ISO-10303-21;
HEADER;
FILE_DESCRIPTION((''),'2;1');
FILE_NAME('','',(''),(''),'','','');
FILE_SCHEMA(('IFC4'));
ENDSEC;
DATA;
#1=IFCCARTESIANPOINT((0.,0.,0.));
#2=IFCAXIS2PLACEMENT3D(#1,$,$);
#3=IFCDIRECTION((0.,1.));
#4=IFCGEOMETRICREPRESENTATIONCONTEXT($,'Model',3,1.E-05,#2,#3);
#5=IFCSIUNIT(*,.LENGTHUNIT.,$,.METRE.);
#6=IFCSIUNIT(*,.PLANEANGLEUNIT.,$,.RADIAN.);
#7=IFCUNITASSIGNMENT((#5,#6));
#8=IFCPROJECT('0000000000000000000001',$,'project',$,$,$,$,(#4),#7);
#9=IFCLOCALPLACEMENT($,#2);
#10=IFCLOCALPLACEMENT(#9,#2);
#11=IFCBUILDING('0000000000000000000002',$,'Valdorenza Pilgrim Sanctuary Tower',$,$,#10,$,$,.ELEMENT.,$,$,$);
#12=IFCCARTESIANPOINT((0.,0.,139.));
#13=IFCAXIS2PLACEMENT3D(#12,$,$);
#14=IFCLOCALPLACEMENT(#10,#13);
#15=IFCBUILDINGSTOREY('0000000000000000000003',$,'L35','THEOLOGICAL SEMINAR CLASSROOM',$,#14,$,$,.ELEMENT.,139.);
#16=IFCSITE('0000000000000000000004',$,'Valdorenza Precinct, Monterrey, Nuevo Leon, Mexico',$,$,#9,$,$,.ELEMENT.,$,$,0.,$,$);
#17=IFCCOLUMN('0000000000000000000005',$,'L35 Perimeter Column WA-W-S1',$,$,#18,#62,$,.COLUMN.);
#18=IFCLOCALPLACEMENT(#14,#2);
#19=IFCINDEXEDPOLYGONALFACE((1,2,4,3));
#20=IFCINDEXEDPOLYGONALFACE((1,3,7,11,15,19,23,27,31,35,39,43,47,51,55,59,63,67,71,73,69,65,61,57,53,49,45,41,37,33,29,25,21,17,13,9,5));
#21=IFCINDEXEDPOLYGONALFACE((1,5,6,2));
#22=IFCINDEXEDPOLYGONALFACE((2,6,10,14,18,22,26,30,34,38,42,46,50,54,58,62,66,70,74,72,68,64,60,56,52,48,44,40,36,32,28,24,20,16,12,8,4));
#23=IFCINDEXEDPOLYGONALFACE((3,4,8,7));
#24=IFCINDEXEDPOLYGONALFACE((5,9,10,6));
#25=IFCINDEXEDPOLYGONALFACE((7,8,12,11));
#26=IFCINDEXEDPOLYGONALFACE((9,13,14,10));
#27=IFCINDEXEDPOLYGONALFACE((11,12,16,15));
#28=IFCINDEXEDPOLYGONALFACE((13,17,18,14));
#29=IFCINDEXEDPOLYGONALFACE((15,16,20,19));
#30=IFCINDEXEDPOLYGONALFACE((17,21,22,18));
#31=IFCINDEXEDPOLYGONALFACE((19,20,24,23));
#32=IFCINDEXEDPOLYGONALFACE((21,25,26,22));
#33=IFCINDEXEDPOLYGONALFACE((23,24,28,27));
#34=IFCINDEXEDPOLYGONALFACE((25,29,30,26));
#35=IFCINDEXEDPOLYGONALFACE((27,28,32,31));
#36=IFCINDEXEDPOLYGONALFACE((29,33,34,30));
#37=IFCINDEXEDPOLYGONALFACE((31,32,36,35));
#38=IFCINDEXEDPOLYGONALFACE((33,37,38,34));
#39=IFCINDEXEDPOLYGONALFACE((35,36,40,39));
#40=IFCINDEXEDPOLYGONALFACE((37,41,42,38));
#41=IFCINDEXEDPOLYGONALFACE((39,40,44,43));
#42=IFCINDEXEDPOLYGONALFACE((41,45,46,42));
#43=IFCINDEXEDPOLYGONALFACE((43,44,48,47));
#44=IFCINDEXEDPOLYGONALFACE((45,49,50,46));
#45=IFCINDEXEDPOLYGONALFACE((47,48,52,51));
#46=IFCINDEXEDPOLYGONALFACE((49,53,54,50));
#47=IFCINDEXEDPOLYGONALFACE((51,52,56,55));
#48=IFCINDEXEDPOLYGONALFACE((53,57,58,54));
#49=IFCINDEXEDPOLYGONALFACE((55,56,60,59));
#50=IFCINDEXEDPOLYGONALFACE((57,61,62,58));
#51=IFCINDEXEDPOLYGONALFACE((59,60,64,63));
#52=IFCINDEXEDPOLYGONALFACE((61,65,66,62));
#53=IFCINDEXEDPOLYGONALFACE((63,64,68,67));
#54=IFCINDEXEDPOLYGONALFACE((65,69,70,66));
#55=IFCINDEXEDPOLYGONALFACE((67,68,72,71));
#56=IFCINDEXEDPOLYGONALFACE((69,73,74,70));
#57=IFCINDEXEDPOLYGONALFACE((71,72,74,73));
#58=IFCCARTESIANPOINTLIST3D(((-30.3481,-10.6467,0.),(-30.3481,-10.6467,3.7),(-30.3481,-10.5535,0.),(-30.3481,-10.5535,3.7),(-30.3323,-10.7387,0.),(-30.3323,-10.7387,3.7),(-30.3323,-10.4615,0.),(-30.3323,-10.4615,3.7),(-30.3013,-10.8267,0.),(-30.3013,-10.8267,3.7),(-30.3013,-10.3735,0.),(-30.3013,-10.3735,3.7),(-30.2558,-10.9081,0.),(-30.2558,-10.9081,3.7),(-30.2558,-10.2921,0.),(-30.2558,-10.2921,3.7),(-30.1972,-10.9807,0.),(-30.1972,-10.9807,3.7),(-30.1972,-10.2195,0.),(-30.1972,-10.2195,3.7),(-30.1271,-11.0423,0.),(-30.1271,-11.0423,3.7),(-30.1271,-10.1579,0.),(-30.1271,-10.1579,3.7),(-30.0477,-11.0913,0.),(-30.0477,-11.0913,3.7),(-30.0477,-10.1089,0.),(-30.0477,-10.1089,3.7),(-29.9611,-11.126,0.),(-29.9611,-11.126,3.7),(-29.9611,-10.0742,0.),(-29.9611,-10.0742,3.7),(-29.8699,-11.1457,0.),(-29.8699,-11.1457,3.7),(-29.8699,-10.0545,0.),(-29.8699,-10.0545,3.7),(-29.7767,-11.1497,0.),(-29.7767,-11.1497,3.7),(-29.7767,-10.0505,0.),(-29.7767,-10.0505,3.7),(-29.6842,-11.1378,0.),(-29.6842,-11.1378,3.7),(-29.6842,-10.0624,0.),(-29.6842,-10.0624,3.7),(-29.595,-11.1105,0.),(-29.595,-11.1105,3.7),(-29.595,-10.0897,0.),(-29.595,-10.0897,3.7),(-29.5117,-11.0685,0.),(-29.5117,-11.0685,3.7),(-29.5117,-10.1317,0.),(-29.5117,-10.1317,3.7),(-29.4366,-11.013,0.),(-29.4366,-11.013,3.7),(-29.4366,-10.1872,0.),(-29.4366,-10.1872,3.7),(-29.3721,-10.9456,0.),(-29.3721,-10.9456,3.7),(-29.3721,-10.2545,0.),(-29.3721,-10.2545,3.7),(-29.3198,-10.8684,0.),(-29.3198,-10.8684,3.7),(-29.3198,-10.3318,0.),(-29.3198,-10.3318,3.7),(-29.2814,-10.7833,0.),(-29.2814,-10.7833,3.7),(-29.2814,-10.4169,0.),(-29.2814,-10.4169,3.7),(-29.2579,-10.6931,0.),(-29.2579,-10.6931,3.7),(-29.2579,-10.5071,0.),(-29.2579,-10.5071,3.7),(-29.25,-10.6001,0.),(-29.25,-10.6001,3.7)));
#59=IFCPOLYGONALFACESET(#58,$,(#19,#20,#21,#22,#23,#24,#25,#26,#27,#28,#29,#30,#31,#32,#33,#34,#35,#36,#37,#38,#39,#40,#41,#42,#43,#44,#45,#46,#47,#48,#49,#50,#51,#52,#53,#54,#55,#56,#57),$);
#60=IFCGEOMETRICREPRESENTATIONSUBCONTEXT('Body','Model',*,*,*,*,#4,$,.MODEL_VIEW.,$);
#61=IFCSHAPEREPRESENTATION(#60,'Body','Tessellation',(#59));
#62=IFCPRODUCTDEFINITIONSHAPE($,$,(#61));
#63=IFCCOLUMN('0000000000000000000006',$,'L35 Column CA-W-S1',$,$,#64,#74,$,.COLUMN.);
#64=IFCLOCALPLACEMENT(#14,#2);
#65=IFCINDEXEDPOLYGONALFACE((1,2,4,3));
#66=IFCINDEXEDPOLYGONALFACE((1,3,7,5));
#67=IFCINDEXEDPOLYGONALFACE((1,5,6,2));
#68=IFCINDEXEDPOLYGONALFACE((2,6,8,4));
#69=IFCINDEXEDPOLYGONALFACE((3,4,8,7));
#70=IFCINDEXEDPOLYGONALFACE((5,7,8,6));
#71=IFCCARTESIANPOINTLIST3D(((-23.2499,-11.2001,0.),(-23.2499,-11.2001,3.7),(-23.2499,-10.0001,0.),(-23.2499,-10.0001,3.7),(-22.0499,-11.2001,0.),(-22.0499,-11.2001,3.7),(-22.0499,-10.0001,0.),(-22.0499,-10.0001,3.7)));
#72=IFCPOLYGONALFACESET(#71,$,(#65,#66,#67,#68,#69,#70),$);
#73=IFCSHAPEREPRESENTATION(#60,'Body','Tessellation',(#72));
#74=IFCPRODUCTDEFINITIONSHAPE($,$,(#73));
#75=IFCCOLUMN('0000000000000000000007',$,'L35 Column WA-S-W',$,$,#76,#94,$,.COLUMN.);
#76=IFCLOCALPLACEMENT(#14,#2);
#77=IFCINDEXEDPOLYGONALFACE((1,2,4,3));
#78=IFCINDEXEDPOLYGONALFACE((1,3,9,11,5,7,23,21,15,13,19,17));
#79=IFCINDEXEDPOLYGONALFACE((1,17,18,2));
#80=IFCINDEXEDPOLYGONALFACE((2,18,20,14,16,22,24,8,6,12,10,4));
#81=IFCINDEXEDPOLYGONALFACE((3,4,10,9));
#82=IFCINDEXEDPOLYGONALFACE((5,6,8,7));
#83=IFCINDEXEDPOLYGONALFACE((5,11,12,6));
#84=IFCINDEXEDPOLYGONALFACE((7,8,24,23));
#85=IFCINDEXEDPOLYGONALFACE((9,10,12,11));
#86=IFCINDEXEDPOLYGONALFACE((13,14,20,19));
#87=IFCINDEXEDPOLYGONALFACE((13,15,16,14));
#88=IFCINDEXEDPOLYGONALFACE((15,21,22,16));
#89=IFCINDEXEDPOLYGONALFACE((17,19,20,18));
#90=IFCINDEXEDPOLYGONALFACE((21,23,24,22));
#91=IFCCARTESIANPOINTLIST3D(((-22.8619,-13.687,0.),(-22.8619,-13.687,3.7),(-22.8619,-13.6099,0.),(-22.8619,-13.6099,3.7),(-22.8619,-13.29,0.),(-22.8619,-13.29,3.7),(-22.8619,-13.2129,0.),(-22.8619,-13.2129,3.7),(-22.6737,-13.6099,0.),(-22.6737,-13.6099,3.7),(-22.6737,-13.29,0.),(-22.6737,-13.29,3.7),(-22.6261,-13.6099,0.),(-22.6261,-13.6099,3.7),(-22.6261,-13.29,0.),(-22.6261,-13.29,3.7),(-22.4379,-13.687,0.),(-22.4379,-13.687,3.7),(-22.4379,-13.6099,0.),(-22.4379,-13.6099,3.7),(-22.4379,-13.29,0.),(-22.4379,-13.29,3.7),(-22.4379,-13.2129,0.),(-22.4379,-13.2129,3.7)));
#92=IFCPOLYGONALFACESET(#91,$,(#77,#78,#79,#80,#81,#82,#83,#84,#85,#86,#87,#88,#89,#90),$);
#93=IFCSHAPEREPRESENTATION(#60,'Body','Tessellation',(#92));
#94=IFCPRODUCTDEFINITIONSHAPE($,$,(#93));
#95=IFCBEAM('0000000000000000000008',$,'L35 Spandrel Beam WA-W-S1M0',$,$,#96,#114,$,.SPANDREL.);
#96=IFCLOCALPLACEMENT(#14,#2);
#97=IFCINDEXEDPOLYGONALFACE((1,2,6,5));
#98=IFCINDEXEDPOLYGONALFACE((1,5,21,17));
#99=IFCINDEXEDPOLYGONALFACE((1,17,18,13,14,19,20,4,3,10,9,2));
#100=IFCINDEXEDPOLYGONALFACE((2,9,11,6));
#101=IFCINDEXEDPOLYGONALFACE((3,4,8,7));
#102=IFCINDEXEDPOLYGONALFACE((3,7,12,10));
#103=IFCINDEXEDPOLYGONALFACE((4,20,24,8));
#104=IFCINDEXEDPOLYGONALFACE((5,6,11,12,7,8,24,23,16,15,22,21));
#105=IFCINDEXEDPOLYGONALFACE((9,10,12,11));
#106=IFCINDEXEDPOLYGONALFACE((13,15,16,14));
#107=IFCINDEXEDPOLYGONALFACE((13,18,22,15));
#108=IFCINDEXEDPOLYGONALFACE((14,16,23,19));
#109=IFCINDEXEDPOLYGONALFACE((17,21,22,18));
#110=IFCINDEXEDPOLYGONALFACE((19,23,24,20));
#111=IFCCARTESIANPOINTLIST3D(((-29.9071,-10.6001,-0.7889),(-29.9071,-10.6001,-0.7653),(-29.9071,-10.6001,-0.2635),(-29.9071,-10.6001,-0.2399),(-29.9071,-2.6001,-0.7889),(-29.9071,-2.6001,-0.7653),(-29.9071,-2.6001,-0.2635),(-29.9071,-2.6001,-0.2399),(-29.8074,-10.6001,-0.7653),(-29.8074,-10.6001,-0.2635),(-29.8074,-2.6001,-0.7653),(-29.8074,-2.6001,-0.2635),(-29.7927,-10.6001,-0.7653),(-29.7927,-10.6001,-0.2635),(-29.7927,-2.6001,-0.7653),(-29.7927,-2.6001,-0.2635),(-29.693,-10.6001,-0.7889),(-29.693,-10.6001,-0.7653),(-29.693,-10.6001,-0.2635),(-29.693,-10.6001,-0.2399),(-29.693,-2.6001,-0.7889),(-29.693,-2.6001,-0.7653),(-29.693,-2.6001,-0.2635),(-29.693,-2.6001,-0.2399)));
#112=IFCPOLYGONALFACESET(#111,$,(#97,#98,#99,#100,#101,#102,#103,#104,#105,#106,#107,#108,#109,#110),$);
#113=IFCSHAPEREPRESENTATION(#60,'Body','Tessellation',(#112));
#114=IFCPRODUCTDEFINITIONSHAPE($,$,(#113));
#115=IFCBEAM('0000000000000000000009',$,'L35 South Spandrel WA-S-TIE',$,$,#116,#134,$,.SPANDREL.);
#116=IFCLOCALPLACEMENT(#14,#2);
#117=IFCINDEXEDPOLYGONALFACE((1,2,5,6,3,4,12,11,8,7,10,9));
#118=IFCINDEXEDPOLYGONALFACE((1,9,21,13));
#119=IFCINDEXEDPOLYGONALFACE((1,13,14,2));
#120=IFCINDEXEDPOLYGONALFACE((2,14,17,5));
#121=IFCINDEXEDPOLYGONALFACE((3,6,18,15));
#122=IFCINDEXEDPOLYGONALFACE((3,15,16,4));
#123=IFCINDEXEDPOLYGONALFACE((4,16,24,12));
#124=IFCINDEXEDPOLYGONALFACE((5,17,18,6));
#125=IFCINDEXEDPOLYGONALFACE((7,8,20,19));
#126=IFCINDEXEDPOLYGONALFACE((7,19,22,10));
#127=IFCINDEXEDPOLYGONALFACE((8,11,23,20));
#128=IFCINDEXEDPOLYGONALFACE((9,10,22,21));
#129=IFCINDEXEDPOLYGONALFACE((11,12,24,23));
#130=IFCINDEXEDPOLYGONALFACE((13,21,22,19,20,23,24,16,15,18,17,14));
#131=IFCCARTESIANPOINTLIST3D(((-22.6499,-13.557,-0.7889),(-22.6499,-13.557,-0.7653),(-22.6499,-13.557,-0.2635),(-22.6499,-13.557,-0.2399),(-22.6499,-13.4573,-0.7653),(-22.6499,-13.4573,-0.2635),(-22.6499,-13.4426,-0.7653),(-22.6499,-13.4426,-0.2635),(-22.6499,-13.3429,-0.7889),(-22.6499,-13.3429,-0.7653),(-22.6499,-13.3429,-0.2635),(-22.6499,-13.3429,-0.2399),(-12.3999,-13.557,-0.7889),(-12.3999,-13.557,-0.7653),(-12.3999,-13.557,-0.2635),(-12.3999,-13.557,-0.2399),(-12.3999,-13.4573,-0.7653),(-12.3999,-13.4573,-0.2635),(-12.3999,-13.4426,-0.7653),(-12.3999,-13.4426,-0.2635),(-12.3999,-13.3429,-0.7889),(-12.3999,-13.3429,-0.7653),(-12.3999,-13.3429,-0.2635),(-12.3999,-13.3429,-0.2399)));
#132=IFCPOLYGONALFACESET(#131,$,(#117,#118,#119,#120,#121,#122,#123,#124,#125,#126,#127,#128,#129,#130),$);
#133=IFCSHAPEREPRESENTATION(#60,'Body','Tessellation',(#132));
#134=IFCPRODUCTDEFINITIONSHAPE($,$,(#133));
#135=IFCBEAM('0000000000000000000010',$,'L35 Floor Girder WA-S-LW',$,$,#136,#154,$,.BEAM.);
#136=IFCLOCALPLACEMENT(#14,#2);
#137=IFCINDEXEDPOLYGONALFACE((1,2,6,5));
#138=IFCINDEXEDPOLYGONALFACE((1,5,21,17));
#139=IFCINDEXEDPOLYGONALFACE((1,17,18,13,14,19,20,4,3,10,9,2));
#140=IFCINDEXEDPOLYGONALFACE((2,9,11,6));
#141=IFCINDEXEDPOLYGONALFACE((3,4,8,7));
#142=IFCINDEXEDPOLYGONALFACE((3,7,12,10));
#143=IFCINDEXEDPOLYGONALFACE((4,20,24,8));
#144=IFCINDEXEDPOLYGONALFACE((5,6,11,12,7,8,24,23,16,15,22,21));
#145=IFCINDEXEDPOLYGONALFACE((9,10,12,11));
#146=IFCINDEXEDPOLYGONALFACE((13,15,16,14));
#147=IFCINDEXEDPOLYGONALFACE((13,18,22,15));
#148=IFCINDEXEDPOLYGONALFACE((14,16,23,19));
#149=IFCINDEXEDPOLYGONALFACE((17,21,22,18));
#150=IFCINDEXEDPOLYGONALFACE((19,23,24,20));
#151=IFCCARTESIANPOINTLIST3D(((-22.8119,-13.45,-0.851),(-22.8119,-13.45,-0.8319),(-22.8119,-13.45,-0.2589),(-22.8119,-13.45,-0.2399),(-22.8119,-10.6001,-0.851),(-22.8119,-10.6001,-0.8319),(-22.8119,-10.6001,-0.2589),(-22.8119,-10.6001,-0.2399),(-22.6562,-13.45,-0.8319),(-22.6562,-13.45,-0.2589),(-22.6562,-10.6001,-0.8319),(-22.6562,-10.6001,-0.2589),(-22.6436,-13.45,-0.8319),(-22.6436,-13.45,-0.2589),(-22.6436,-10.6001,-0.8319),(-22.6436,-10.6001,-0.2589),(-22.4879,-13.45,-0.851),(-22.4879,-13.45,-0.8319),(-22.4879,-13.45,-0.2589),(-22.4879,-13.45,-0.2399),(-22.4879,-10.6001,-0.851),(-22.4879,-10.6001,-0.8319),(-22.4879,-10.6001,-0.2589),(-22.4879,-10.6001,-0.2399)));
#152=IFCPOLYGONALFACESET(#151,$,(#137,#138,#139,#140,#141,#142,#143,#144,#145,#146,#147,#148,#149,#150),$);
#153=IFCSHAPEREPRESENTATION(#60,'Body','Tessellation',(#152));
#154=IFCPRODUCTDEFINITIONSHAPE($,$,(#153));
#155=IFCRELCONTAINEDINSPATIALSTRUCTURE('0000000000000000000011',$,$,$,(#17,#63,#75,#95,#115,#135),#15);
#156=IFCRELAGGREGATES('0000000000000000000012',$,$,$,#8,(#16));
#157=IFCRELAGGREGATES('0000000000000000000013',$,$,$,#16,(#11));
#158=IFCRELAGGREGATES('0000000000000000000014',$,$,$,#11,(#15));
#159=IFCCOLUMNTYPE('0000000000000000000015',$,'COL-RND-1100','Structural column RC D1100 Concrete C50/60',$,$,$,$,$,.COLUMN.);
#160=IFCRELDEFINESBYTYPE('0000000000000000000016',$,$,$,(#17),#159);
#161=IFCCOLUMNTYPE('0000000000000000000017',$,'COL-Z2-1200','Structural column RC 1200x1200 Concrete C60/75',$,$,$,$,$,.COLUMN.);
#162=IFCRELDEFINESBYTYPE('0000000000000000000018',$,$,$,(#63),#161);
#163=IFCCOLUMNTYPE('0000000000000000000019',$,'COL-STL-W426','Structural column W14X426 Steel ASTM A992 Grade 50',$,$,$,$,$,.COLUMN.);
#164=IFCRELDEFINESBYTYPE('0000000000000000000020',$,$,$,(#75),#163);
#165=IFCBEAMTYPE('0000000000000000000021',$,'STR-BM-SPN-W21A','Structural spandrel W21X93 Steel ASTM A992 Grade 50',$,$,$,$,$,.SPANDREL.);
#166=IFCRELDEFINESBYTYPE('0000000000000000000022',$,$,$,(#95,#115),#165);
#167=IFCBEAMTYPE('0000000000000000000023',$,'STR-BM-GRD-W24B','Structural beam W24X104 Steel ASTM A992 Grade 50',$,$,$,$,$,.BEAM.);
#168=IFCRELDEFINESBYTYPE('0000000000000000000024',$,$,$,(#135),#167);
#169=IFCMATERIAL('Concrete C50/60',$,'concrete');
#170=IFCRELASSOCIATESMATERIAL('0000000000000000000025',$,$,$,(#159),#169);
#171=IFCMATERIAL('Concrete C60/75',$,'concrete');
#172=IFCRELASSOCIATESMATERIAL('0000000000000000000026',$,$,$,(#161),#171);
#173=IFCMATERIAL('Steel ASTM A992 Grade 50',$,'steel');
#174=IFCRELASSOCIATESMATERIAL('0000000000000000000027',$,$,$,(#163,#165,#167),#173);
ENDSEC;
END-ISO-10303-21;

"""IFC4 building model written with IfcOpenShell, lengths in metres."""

from ifc_helpers import new_model, si_unit, direction, frame, origin, origin_2d, place, context, subcontext, project, spatial, rectangle, circle, i_section, extrude, source, transform, mapped, material, material_profile, profile_set, type_object, element, save


model = new_model("IFC4")

# Units and contexts
model_context = context("Model", 3, precision=1e-05, world=origin(), true_north=direction((0.0, 1.0)))
body_context = subcontext(model_context, "Body", "Model", "MODEL_VIEW")
ifc_project = project(units=[si_unit("LENGTHUNIT", "METRE"), si_unit("PLANEANGLEUNIT", "RADIAN")], contexts=[model_context])

# Site, building, storey
site_placement = place(None, origin())
site = spatial("IfcSite", under=ifc_project, at=site_placement, Name="Valdorenza Precinct, Monterrey, Nuevo Leon, Mexico", CompositionType="ELEMENT", RefElevation=0.0)
building_placement = place(site_placement, origin())
building = spatial("IfcBuilding", under=site, at=building_placement, Name="Valdorenza Pilgrim Sanctuary Tower", CompositionType="ELEMENT")
storey_placement = place(building_placement, frame((0.0, 0.0, 139.0)))
storey = spatial("IfcBuildingStorey", under=building, at=storey_placement, Name="L35", Description="THEOLOGICAL SEMINAR CLASSROOM", CompositionType="ELEMENT", Elevation=139.0)

# Columns
ifc_material_1 = material(Name="Concrete C50/60", Category="concrete")
ifc_material_profile_1 = material_profile(ifc_material_1, circle(Radius=0.55, at=origin_2d()), Name="RC D1100")
ifc_profile_set_1 = profile_set([ifc_material_profile_1], Name="Concrete C50/60")
column_type_1 = type_object("IfcColumnType", Name="COL-RND-1100", Description="Structural column RC D1100 Concrete C50/60", PredefinedType="COLUMN", material=ifc_profile_set_1)
shared_shape_1 = source(origin(), body_context, "Body", "SweptSolid", [
    extrude(circle(Radius=0.55, at=origin_2d()), origin(), (0.0, 0.0, 1.0), 3.7),
])
column_1_placement = place(storey_placement, frame((-29.8, -10.6001, 0.0), z_axis=(0.0, 0.0, 1.0), x_axis=(1.0, 0.0, 0.0)))
element("IfcColumn", 1, at=column_1_placement, inside=storey, type_object=column_type_1, Name="L35 Perimeter Column WA-W-S1", PredefinedType="COLUMN", context=body_context, shape_type="MappedRepresentation", body=[
    mapped(shared_shape_1, transform((0.0, 0.0, 0.0), x_axis=(1.0, 0.0, 0.0), y_axis=(0.0, 1.0, 0.0), z_axis=(0.0, 0.0, 1.0), scale=1.0)),
])
ifc_material_2 = material(Name="Concrete C60/75", Category="concrete")
ifc_material_profile_2 = material_profile(ifc_material_2, rectangle(XDim=1.2, YDim=1.2, at=origin_2d()), Name="RC 1200x1200")
ifc_profile_set_2 = profile_set([ifc_material_profile_2], Name="Concrete C60/75")
column_type_2 = type_object("IfcColumnType", Name="COL-Z2-1200", Description="Structural column RC 1200x1200 Concrete C60/75", PredefinedType="COLUMN", material=ifc_profile_set_2)
shared_shape_2 = source(origin(), body_context, "Body", "SweptSolid", [
    extrude(rectangle(XDim=1.2, YDim=1.2, at=origin_2d()), origin(), (0.0, 0.0, 1.0), 3.7),
])
column_2_placement = place(storey_placement, frame((-22.6499, -10.6001, 0.0), z_axis=(0.0, 0.0, 1.0), x_axis=(1.0, 0.0, 0.0)))
element("IfcColumn", 2, at=column_2_placement, inside=storey, type_object=column_type_2, Name="L35 Column CA-W-S1", PredefinedType="COLUMN", context=body_context, shape_type="MappedRepresentation", body=[
    mapped(shared_shape_2, transform((0.0, 0.0, 0.0), x_axis=(1.0, 0.0, 0.0), y_axis=(0.0, 1.0, 0.0), z_axis=(0.0, 0.0, 1.0), scale=1.0)),
])
ifc_material_3 = material(Name="Steel ASTM A992 Grade 50", Category="steel")
ifc_material_profile_3 = material_profile(ifc_material_3, i_section(OverallWidth=0.4241, OverallDepth=0.4741, WebThickness=0.0476, FlangeThickness=0.0771, at=origin_2d()), Name="W14X426")
ifc_profile_set_3 = profile_set([ifc_material_profile_3], Name="Steel ASTM A992 Grade 50")
column_type_3 = type_object("IfcColumnType", Name="COL-STL-W426", Description="Structural column W14X426 Steel ASTM A992 Grade 50", PredefinedType="COLUMN", material=ifc_profile_set_3)
shared_shape_3 = source(origin(), body_context, "Body", "SweptSolid", [
    extrude(i_section(OverallWidth=0.4241, OverallDepth=0.4741, WebThickness=0.0476, FlangeThickness=0.0771, at=origin_2d()), origin(), (0.0, 0.0, 1.0), 3.7),
])
column_3_placement = place(storey_placement, frame((-22.6499, -13.45, 0.0), z_axis=(0.0, 0.0, 1.0), x_axis=(1.0, 0.0, 0.0)))
element("IfcColumn", 3, at=column_3_placement, inside=storey, type_object=column_type_3, Name="L35 Column WA-S-W", PredefinedType="COLUMN", context=body_context, shape_type="MappedRepresentation", body=[
    mapped(shared_shape_3, transform((0.0, 0.0, 0.0), x_axis=(1.0, 0.0, 0.0), y_axis=(0.0, 1.0, 0.0), z_axis=(0.0, 0.0, 1.0), scale=1.0)),
])

# Beams
ifc_material_profile_4 = material_profile(ifc_material_3, i_section(OverallWidth=0.2141, OverallDepth=0.5491, WebThickness=0.0146, FlangeThickness=0.0237, at=origin_2d()), Name="W21X93")
ifc_profile_set_4 = profile_set([ifc_material_profile_4], Name="Steel ASTM A992 Grade 50")
beam_type_1 = type_object("IfcBeamType", Name="STR-BM-SPN-W21A", Description="Structural spandrel W21X93 Steel ASTM A992 Grade 50", PredefinedType="SPANDREL", material=ifc_profile_set_4)
shared_shape_4 = source(origin(), body_context, "Body", "SweptSolid", [
    extrude(i_section(OverallWidth=0.2141, OverallDepth=0.5491, WebThickness=0.0146, FlangeThickness=0.0237, at=origin_2d()), origin(), (0.0, 0.0, 1.0), 8.0),
])
beam_1_placement = place(storey_placement, frame((-29.8, -10.6001, -0.5144), z_axis=(0.0, 1.0, 0.0), x_axis=(-1.0, 0.0, 0.0)))
element("IfcBeam", 4, at=beam_1_placement, inside=storey, type_object=beam_type_1, Name="L35 Spandrel Beam WA-W-S1M0", PredefinedType="SPANDREL", context=body_context, shape_type="MappedRepresentation", body=[
    mapped(shared_shape_4, transform((0.0, 0.0, 0.0), x_axis=(1.0, 0.0, 0.0), y_axis=(0.0, 1.0, 0.0), z_axis=(0.0, 0.0, 1.0), scale=1.0)),
])
shared_shape_5 = source(origin(), body_context, "Body", "SweptSolid", [
    extrude(i_section(OverallWidth=0.2141, OverallDepth=0.5491, WebThickness=0.0146, FlangeThickness=0.0237, at=origin_2d()), origin(), (0.0, 0.0, 1.0), 10.25),
])
beam_2_placement = place(storey_placement, frame((-22.6499, -13.45, -0.5144), z_axis=(1.0, 0.0, 0.0), x_axis=(0.0, 1.0, 0.0)))
element("IfcBeam", 5, at=beam_2_placement, inside=storey, type_object=beam_type_1, Name="L35 South Spandrel WA-S-TIE", PredefinedType="SPANDREL", context=body_context, shape_type="MappedRepresentation", body=[
    mapped(shared_shape_5, transform((0.0, 0.0, 0.0), x_axis=(1.0, 0.0, 0.0), y_axis=(0.0, 1.0, 0.0), z_axis=(0.0, 0.0, 1.0), scale=1.0)),
])
ifc_material_profile_5 = material_profile(ifc_material_3, i_section(OverallWidth=0.324, OverallDepth=0.6111, WebThickness=0.0127, FlangeThickness=0.019, at=origin_2d()), Name="W24X104")
ifc_profile_set_5 = profile_set([ifc_material_profile_5], Name="Steel ASTM A992 Grade 50")
beam_type_2 = type_object("IfcBeamType", Name="STR-BM-GRD-W24B", Description="Structural beam W24X104 Steel ASTM A992 Grade 50", PredefinedType="BEAM", material=ifc_profile_set_5)
shared_shape_6 = source(origin(), body_context, "Body", "SweptSolid", [
    extrude(i_section(OverallWidth=0.324, OverallDepth=0.6111, WebThickness=0.0127, FlangeThickness=0.019, at=origin_2d()), origin(), (0.0, 0.0, 1.0), 2.8499),
])
beam_3_placement = place(storey_placement, frame((-22.6499, -13.45, -0.5454), z_axis=(0.0, 1.0, 0.0), x_axis=(-1.0, 0.0, 0.0)))
element("IfcBeam", 6, at=beam_3_placement, inside=storey, type_object=beam_type_2, Name="L35 Floor Girder WA-S-LW", PredefinedType="BEAM", context=body_context, shape_type="MappedRepresentation", body=[
    mapped(shared_shape_6, transform((0.0, 0.0, 0.0), x_axis=(1.0, 0.0, 0.0), y_axis=(0.0, 1.0, 0.0), z_axis=(0.0, 0.0, 1.0), scale=1.0)),
])

save(model, "model.ifc")
